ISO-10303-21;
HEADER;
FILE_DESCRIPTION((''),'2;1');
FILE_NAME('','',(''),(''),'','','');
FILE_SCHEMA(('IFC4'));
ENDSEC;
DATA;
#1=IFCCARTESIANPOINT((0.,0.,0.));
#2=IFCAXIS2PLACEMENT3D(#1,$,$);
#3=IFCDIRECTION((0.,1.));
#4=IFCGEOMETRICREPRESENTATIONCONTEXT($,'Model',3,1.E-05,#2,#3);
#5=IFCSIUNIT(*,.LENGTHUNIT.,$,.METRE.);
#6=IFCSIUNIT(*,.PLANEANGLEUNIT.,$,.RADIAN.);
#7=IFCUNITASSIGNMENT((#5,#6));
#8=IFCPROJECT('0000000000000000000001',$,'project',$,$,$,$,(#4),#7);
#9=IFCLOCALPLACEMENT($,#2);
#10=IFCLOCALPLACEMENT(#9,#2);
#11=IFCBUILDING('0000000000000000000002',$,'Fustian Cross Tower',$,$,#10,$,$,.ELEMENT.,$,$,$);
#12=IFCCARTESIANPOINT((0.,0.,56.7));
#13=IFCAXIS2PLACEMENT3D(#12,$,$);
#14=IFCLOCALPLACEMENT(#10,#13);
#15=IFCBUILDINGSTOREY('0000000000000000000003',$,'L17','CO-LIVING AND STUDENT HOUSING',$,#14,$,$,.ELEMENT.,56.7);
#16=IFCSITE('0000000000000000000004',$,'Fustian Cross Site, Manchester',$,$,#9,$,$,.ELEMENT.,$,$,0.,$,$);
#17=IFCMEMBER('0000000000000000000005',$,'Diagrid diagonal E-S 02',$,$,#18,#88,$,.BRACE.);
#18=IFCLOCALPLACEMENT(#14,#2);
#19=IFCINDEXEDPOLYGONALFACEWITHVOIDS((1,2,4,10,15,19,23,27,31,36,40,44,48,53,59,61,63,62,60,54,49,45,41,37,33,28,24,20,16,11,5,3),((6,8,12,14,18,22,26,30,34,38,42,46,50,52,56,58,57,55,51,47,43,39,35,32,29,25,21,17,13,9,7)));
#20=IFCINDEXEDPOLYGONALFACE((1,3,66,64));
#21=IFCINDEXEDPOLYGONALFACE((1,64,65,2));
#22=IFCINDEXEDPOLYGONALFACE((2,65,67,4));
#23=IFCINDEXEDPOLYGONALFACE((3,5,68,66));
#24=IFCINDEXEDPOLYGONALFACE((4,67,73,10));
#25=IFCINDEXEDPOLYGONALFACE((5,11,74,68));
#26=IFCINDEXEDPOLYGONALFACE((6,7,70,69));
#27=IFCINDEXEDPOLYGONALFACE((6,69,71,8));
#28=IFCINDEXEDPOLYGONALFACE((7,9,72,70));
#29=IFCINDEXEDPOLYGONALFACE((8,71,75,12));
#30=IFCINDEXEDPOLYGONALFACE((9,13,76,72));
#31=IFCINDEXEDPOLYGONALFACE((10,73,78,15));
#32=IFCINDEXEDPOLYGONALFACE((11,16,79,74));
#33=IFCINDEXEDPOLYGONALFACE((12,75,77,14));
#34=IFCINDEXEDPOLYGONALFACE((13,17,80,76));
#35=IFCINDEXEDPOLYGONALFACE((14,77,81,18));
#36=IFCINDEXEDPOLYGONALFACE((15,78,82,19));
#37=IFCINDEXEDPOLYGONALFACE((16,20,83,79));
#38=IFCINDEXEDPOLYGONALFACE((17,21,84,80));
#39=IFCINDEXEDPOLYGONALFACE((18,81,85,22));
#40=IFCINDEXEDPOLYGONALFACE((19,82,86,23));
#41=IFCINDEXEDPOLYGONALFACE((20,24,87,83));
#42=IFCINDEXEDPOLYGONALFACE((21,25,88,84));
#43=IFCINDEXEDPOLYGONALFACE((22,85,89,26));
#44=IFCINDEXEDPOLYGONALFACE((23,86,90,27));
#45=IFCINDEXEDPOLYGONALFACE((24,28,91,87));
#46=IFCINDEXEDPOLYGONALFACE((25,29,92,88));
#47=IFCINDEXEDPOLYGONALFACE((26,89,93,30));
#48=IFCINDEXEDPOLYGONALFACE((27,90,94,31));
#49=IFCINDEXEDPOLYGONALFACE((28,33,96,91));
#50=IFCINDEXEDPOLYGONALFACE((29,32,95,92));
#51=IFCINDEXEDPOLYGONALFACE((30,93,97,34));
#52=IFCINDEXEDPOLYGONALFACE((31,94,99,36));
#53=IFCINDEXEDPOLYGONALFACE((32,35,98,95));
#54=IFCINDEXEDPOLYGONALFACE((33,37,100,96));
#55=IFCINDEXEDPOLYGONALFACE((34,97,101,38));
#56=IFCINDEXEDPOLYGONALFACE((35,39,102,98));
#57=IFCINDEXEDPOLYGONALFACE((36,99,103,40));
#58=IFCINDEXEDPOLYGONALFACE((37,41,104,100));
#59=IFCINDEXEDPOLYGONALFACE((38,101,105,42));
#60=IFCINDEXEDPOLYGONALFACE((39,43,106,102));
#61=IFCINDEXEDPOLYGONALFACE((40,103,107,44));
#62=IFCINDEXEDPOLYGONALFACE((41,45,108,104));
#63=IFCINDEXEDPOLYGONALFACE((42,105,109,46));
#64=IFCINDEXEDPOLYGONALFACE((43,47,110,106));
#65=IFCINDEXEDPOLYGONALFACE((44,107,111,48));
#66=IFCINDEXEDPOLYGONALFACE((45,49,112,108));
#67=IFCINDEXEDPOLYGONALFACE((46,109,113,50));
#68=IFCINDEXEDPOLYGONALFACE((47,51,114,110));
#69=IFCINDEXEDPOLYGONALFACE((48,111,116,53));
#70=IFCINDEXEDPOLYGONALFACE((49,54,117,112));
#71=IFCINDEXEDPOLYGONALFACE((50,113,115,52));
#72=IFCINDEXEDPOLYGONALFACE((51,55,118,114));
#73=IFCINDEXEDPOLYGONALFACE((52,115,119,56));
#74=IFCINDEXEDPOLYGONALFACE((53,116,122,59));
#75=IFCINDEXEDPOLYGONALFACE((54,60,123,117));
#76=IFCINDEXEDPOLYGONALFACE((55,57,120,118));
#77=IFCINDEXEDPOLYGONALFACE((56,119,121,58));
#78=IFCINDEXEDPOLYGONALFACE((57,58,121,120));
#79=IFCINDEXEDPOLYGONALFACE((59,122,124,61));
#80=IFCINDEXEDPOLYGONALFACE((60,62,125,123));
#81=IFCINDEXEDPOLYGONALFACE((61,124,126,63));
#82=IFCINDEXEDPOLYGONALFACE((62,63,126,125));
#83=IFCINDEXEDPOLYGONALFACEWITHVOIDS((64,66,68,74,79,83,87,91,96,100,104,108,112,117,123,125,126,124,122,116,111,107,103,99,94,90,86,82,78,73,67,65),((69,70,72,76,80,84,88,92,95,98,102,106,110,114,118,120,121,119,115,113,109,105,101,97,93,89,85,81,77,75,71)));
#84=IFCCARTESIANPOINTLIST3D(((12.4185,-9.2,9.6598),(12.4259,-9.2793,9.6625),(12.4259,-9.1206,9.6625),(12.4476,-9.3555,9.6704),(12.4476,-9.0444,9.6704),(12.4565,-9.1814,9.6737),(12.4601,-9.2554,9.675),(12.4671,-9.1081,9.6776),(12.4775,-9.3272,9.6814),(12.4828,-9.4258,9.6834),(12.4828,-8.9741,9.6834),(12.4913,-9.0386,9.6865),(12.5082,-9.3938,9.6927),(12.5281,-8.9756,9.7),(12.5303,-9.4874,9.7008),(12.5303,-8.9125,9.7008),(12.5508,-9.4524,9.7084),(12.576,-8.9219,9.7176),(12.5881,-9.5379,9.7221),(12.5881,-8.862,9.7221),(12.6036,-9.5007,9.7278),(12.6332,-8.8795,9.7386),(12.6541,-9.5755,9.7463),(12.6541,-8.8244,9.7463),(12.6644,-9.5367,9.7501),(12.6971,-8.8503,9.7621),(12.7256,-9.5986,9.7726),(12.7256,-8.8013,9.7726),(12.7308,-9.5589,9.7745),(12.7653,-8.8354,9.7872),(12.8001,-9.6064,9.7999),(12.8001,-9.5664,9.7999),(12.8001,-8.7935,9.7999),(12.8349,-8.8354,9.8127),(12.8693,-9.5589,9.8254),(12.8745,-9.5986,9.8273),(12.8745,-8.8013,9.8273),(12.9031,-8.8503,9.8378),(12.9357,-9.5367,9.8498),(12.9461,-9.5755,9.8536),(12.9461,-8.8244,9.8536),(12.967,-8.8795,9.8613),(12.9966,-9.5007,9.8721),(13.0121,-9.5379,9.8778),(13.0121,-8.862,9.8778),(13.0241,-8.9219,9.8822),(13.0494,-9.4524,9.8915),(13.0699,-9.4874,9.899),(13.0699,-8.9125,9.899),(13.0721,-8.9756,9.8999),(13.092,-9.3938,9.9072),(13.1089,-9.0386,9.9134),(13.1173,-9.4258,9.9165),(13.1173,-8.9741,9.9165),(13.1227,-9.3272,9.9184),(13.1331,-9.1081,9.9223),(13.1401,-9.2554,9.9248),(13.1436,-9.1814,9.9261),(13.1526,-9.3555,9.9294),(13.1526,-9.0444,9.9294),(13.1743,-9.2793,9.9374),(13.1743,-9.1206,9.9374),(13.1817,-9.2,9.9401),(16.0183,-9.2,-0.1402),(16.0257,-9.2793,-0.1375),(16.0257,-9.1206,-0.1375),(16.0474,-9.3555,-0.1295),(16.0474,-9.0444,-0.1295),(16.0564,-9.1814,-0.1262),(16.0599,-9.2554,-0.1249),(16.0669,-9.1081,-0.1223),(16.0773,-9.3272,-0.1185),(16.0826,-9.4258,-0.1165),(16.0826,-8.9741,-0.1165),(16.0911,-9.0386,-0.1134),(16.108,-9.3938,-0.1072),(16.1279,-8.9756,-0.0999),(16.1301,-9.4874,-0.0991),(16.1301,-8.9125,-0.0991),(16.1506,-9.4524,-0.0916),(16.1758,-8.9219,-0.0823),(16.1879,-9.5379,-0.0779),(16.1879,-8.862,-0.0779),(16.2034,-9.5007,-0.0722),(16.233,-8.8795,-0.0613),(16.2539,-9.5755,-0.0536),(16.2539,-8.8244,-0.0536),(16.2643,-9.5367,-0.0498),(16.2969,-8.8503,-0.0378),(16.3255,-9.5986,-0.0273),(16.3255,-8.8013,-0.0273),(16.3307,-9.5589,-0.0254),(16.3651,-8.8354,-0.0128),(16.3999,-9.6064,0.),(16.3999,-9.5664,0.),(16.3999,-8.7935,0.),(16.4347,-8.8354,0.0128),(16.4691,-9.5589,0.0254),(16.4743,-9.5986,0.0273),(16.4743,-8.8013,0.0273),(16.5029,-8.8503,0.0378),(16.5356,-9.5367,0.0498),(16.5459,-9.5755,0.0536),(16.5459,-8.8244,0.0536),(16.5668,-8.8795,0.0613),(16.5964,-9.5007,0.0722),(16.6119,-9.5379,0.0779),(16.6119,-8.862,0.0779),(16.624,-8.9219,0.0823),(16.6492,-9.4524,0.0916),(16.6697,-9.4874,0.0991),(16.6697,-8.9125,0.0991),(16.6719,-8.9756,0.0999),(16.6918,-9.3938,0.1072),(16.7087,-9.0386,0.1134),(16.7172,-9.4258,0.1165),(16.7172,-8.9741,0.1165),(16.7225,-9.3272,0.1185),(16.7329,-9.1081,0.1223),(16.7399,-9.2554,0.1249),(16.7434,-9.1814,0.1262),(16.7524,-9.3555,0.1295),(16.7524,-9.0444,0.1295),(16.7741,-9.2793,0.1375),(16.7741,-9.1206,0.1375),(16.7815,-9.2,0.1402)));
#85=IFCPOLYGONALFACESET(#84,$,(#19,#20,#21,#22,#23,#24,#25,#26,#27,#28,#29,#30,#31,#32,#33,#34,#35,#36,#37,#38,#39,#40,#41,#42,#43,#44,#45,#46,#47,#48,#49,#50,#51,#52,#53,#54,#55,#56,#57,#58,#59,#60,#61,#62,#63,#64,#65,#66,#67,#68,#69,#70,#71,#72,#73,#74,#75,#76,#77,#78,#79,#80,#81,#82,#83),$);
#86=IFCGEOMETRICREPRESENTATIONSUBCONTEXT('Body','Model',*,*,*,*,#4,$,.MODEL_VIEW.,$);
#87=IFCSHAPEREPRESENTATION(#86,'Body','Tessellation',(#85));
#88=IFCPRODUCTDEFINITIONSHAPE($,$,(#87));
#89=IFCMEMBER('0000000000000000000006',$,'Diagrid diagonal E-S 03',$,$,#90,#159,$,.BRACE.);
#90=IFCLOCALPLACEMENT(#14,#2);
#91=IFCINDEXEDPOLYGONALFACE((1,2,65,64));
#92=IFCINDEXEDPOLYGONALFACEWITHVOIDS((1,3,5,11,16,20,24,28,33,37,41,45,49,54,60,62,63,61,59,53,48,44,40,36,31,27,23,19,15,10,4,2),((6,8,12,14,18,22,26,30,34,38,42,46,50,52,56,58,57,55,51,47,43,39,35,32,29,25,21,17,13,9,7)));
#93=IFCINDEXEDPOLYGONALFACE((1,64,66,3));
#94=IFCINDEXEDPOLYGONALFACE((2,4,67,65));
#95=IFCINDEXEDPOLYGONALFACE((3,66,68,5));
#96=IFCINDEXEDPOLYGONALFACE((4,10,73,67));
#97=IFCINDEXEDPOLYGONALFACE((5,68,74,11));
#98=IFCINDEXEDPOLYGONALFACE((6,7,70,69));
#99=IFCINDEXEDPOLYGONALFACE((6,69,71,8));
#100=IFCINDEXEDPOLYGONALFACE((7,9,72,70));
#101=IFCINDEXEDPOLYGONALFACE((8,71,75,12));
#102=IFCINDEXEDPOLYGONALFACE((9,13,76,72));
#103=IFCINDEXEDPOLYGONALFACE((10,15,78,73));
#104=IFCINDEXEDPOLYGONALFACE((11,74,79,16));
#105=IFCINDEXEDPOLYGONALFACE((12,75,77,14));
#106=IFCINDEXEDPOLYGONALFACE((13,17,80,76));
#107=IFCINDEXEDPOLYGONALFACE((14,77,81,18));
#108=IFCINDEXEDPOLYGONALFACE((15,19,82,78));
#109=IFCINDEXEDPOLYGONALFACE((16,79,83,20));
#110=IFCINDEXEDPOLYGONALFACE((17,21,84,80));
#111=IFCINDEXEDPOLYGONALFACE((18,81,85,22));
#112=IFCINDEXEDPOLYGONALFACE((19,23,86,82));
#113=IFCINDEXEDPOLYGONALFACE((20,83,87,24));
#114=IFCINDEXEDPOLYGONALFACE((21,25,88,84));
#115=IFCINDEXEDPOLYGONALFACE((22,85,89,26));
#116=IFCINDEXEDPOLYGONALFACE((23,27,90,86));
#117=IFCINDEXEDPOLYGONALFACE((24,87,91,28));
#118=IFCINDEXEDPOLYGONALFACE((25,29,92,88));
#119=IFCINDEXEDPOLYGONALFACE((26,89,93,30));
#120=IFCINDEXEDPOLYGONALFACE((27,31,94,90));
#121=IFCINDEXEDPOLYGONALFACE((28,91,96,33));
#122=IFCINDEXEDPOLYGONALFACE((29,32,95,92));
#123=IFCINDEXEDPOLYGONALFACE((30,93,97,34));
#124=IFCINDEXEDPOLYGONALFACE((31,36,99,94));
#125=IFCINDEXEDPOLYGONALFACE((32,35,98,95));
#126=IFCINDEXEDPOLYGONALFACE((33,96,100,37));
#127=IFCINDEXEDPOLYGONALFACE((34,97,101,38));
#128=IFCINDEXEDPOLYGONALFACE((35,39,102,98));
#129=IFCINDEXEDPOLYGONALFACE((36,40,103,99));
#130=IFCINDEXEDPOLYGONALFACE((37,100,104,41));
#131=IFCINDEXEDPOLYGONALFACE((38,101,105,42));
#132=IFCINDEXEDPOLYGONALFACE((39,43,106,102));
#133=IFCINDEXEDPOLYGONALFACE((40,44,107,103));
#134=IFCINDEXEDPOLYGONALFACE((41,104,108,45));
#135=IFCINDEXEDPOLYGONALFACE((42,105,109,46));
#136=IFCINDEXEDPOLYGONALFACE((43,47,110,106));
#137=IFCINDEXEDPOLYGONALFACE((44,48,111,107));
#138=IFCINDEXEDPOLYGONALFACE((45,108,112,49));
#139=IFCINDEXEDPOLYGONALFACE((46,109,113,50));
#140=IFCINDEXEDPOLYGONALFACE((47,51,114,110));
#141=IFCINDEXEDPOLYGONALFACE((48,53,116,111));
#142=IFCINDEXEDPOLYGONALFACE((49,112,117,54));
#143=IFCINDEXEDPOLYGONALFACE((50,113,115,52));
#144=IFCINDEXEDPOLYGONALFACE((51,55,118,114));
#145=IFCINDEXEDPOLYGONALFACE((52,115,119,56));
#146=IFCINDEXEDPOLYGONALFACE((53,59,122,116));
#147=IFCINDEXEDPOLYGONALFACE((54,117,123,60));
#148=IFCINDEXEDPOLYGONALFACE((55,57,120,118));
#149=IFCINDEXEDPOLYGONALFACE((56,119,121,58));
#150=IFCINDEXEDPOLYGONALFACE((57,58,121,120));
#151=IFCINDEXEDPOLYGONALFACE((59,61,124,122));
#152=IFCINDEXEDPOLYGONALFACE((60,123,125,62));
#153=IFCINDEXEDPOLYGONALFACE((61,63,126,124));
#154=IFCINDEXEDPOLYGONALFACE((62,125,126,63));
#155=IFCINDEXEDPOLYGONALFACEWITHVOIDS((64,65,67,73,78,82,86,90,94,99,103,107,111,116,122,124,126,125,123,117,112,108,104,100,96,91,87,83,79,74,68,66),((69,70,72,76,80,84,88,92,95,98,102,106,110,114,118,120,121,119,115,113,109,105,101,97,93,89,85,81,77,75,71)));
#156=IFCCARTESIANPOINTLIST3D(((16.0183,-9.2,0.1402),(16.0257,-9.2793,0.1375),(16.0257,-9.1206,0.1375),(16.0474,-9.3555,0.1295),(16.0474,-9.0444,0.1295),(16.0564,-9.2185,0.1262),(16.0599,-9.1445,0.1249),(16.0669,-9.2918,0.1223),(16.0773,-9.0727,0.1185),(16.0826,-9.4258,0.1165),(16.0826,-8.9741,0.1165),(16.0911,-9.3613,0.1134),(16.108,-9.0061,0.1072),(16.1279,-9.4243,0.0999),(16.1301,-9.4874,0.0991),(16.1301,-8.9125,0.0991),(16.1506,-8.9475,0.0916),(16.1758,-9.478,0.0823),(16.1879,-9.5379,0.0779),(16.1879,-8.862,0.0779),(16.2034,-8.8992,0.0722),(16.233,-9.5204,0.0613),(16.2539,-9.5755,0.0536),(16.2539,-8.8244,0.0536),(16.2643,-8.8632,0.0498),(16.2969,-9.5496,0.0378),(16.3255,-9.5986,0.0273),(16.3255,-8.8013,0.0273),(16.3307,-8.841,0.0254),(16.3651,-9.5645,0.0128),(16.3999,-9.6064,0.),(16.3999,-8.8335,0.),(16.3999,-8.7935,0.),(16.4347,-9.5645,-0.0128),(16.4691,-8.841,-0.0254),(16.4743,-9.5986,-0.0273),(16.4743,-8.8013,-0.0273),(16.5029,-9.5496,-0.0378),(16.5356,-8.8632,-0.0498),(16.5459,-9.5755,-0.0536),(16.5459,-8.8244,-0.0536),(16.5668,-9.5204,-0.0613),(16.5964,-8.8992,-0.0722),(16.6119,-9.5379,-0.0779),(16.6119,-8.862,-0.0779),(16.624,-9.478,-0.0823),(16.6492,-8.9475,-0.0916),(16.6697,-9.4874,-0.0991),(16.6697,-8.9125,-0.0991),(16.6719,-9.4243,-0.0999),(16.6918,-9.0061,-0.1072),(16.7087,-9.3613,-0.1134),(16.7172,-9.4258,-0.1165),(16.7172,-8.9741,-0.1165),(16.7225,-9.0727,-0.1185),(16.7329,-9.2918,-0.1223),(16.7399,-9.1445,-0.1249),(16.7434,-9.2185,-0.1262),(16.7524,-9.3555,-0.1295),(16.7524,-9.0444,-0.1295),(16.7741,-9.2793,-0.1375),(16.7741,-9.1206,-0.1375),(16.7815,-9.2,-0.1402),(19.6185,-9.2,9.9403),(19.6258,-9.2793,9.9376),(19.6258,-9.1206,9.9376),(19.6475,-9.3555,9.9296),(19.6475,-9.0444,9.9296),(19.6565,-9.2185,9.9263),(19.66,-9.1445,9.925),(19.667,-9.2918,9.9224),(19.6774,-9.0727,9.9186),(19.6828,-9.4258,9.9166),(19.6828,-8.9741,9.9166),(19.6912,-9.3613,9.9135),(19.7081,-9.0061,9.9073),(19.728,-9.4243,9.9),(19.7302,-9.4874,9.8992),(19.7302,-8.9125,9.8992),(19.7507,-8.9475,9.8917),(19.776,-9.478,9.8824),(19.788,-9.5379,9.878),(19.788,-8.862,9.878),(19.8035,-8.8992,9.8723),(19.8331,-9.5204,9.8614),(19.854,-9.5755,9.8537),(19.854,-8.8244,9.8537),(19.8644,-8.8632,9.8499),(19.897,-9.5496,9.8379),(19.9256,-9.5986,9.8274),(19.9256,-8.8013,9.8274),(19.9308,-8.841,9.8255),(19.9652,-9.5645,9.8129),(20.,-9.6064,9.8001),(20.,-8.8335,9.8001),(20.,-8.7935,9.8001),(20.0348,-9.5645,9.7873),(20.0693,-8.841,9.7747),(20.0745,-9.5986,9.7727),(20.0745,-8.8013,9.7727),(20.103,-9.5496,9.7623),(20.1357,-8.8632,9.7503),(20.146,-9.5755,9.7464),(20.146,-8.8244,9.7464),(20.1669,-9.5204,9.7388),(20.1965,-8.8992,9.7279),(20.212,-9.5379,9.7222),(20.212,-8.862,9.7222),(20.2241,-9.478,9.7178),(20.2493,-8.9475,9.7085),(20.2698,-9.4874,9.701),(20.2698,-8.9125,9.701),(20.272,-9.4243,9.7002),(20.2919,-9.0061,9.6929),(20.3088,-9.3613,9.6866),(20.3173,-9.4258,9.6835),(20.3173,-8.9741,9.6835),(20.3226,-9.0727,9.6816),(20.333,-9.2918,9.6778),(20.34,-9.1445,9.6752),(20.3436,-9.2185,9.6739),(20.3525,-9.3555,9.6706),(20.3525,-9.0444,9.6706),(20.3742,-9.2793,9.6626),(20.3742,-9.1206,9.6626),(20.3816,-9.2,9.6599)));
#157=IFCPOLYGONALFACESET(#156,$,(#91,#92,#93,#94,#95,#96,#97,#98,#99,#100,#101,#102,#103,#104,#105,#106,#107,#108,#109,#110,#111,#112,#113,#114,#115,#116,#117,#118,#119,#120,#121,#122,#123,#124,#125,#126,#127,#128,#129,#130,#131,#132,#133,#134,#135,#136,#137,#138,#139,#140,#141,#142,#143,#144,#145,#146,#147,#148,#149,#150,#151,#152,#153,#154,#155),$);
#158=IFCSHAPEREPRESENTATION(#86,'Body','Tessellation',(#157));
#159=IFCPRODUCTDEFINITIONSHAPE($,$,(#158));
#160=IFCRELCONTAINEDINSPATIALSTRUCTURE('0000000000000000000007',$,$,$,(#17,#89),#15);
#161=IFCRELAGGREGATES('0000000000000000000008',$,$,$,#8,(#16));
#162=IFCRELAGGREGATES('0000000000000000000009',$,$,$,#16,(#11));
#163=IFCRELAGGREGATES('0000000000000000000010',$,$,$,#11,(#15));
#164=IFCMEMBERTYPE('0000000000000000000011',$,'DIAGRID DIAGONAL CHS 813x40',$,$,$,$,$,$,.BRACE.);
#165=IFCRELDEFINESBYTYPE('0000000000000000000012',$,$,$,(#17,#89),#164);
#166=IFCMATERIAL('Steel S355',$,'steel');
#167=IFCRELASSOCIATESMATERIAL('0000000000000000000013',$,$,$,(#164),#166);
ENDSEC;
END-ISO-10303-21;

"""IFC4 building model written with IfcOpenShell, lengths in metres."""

from ifc_helpers import new_model, si_unit, direction, frame, origin, origin_2d, place, context, subcontext, project, spatial, hollow_circle, extrude, material, material_profile, profile_set, type_object, element, save


model = new_model("IFC4")

# Units and contexts
model_context = context("Model", 3, precision=1e-05, world=origin(), true_north=direction((0.0, 1.0)))
body_context = subcontext(model_context, "Body", "Model", "MODEL_VIEW")
ifc_project = project(units=[si_unit("LENGTHUNIT", "METRE"), si_unit("PLANEANGLEUNIT", "RADIAN")], contexts=[model_context])

# Site, building, storey
site_placement = place(None, origin())
site = spatial("IfcSite", under=ifc_project, at=site_placement, Name="Fustian Cross Site, Manchester", CompositionType="ELEMENT", RefElevation=0.0)
building_placement = place(site_placement, origin())
building = spatial("IfcBuilding", under=site, at=building_placement, Name="Fustian Cross Tower", CompositionType="ELEMENT")
storey_placement = place(building_placement, frame((0.0, 0.0, 56.7)))
storey = spatial("IfcBuildingStorey", under=building, at=storey_placement, Name="L17", Description="CO-LIVING AND STUDENT HOUSING", CompositionType="ELEMENT", Elevation=56.7)

# Members
ifc_material_1 = material(Name="Steel S355", Category="steel")
ifc_material_profile_1 = material_profile(ifc_material_1, hollow_circle(Radius=0.4065, WallThickness=0.04, at=origin_2d()), Name="CHS 813x40")
ifc_profile_set_1 = profile_set([ifc_material_profile_1], Name="Steel S355")
member_type_1 = type_object("IfcMemberType", Name="DIAGRID DIAGONAL CHS 813x40", PredefinedType="BRACE", material=ifc_profile_set_1)
member_1_placement = place(storey_placement, frame((16.3999, -9.2, 0.0), z_axis=(-0.344804, 0.0, 0.938675), x_axis=(0.0, -1.0, 0.0)))
element("IfcMember", 1, at=member_1_placement, inside=storey, type_object=member_type_1, Name="Diagrid diagonal E-S 02", PredefinedType="BRACE", context=body_context, shape_type="SweptSolid", body=[
    extrude(hollow_circle(Radius=0.4065, WallThickness=0.04, at=origin_2d()), origin(), (0.0, 0.0, 1.0), 10.4402),
])
for number, where, z_axis, x_axis, name in (
    (2, (16.3999, -9.2, 0.0), (0.344824, 0.0, 0.938667), (0.0, 1.0, 0.0), "Diagrid diagonal E-S 03"),
):
    element("IfcMember", number, at=place(storey_placement, frame(where, z_axis=z_axis, x_axis=x_axis)), inside=storey, type_object=member_type_1, Name=name, PredefinedType="BRACE", context=body_context, shape_type="SweptSolid", body=[
        extrude(hollow_circle(Radius=0.4065, WallThickness=0.04, at=origin_2d()), origin(), (0.0, 0.0, 1.0), 10.4404),
    ])

save(model, "model.ifc")
